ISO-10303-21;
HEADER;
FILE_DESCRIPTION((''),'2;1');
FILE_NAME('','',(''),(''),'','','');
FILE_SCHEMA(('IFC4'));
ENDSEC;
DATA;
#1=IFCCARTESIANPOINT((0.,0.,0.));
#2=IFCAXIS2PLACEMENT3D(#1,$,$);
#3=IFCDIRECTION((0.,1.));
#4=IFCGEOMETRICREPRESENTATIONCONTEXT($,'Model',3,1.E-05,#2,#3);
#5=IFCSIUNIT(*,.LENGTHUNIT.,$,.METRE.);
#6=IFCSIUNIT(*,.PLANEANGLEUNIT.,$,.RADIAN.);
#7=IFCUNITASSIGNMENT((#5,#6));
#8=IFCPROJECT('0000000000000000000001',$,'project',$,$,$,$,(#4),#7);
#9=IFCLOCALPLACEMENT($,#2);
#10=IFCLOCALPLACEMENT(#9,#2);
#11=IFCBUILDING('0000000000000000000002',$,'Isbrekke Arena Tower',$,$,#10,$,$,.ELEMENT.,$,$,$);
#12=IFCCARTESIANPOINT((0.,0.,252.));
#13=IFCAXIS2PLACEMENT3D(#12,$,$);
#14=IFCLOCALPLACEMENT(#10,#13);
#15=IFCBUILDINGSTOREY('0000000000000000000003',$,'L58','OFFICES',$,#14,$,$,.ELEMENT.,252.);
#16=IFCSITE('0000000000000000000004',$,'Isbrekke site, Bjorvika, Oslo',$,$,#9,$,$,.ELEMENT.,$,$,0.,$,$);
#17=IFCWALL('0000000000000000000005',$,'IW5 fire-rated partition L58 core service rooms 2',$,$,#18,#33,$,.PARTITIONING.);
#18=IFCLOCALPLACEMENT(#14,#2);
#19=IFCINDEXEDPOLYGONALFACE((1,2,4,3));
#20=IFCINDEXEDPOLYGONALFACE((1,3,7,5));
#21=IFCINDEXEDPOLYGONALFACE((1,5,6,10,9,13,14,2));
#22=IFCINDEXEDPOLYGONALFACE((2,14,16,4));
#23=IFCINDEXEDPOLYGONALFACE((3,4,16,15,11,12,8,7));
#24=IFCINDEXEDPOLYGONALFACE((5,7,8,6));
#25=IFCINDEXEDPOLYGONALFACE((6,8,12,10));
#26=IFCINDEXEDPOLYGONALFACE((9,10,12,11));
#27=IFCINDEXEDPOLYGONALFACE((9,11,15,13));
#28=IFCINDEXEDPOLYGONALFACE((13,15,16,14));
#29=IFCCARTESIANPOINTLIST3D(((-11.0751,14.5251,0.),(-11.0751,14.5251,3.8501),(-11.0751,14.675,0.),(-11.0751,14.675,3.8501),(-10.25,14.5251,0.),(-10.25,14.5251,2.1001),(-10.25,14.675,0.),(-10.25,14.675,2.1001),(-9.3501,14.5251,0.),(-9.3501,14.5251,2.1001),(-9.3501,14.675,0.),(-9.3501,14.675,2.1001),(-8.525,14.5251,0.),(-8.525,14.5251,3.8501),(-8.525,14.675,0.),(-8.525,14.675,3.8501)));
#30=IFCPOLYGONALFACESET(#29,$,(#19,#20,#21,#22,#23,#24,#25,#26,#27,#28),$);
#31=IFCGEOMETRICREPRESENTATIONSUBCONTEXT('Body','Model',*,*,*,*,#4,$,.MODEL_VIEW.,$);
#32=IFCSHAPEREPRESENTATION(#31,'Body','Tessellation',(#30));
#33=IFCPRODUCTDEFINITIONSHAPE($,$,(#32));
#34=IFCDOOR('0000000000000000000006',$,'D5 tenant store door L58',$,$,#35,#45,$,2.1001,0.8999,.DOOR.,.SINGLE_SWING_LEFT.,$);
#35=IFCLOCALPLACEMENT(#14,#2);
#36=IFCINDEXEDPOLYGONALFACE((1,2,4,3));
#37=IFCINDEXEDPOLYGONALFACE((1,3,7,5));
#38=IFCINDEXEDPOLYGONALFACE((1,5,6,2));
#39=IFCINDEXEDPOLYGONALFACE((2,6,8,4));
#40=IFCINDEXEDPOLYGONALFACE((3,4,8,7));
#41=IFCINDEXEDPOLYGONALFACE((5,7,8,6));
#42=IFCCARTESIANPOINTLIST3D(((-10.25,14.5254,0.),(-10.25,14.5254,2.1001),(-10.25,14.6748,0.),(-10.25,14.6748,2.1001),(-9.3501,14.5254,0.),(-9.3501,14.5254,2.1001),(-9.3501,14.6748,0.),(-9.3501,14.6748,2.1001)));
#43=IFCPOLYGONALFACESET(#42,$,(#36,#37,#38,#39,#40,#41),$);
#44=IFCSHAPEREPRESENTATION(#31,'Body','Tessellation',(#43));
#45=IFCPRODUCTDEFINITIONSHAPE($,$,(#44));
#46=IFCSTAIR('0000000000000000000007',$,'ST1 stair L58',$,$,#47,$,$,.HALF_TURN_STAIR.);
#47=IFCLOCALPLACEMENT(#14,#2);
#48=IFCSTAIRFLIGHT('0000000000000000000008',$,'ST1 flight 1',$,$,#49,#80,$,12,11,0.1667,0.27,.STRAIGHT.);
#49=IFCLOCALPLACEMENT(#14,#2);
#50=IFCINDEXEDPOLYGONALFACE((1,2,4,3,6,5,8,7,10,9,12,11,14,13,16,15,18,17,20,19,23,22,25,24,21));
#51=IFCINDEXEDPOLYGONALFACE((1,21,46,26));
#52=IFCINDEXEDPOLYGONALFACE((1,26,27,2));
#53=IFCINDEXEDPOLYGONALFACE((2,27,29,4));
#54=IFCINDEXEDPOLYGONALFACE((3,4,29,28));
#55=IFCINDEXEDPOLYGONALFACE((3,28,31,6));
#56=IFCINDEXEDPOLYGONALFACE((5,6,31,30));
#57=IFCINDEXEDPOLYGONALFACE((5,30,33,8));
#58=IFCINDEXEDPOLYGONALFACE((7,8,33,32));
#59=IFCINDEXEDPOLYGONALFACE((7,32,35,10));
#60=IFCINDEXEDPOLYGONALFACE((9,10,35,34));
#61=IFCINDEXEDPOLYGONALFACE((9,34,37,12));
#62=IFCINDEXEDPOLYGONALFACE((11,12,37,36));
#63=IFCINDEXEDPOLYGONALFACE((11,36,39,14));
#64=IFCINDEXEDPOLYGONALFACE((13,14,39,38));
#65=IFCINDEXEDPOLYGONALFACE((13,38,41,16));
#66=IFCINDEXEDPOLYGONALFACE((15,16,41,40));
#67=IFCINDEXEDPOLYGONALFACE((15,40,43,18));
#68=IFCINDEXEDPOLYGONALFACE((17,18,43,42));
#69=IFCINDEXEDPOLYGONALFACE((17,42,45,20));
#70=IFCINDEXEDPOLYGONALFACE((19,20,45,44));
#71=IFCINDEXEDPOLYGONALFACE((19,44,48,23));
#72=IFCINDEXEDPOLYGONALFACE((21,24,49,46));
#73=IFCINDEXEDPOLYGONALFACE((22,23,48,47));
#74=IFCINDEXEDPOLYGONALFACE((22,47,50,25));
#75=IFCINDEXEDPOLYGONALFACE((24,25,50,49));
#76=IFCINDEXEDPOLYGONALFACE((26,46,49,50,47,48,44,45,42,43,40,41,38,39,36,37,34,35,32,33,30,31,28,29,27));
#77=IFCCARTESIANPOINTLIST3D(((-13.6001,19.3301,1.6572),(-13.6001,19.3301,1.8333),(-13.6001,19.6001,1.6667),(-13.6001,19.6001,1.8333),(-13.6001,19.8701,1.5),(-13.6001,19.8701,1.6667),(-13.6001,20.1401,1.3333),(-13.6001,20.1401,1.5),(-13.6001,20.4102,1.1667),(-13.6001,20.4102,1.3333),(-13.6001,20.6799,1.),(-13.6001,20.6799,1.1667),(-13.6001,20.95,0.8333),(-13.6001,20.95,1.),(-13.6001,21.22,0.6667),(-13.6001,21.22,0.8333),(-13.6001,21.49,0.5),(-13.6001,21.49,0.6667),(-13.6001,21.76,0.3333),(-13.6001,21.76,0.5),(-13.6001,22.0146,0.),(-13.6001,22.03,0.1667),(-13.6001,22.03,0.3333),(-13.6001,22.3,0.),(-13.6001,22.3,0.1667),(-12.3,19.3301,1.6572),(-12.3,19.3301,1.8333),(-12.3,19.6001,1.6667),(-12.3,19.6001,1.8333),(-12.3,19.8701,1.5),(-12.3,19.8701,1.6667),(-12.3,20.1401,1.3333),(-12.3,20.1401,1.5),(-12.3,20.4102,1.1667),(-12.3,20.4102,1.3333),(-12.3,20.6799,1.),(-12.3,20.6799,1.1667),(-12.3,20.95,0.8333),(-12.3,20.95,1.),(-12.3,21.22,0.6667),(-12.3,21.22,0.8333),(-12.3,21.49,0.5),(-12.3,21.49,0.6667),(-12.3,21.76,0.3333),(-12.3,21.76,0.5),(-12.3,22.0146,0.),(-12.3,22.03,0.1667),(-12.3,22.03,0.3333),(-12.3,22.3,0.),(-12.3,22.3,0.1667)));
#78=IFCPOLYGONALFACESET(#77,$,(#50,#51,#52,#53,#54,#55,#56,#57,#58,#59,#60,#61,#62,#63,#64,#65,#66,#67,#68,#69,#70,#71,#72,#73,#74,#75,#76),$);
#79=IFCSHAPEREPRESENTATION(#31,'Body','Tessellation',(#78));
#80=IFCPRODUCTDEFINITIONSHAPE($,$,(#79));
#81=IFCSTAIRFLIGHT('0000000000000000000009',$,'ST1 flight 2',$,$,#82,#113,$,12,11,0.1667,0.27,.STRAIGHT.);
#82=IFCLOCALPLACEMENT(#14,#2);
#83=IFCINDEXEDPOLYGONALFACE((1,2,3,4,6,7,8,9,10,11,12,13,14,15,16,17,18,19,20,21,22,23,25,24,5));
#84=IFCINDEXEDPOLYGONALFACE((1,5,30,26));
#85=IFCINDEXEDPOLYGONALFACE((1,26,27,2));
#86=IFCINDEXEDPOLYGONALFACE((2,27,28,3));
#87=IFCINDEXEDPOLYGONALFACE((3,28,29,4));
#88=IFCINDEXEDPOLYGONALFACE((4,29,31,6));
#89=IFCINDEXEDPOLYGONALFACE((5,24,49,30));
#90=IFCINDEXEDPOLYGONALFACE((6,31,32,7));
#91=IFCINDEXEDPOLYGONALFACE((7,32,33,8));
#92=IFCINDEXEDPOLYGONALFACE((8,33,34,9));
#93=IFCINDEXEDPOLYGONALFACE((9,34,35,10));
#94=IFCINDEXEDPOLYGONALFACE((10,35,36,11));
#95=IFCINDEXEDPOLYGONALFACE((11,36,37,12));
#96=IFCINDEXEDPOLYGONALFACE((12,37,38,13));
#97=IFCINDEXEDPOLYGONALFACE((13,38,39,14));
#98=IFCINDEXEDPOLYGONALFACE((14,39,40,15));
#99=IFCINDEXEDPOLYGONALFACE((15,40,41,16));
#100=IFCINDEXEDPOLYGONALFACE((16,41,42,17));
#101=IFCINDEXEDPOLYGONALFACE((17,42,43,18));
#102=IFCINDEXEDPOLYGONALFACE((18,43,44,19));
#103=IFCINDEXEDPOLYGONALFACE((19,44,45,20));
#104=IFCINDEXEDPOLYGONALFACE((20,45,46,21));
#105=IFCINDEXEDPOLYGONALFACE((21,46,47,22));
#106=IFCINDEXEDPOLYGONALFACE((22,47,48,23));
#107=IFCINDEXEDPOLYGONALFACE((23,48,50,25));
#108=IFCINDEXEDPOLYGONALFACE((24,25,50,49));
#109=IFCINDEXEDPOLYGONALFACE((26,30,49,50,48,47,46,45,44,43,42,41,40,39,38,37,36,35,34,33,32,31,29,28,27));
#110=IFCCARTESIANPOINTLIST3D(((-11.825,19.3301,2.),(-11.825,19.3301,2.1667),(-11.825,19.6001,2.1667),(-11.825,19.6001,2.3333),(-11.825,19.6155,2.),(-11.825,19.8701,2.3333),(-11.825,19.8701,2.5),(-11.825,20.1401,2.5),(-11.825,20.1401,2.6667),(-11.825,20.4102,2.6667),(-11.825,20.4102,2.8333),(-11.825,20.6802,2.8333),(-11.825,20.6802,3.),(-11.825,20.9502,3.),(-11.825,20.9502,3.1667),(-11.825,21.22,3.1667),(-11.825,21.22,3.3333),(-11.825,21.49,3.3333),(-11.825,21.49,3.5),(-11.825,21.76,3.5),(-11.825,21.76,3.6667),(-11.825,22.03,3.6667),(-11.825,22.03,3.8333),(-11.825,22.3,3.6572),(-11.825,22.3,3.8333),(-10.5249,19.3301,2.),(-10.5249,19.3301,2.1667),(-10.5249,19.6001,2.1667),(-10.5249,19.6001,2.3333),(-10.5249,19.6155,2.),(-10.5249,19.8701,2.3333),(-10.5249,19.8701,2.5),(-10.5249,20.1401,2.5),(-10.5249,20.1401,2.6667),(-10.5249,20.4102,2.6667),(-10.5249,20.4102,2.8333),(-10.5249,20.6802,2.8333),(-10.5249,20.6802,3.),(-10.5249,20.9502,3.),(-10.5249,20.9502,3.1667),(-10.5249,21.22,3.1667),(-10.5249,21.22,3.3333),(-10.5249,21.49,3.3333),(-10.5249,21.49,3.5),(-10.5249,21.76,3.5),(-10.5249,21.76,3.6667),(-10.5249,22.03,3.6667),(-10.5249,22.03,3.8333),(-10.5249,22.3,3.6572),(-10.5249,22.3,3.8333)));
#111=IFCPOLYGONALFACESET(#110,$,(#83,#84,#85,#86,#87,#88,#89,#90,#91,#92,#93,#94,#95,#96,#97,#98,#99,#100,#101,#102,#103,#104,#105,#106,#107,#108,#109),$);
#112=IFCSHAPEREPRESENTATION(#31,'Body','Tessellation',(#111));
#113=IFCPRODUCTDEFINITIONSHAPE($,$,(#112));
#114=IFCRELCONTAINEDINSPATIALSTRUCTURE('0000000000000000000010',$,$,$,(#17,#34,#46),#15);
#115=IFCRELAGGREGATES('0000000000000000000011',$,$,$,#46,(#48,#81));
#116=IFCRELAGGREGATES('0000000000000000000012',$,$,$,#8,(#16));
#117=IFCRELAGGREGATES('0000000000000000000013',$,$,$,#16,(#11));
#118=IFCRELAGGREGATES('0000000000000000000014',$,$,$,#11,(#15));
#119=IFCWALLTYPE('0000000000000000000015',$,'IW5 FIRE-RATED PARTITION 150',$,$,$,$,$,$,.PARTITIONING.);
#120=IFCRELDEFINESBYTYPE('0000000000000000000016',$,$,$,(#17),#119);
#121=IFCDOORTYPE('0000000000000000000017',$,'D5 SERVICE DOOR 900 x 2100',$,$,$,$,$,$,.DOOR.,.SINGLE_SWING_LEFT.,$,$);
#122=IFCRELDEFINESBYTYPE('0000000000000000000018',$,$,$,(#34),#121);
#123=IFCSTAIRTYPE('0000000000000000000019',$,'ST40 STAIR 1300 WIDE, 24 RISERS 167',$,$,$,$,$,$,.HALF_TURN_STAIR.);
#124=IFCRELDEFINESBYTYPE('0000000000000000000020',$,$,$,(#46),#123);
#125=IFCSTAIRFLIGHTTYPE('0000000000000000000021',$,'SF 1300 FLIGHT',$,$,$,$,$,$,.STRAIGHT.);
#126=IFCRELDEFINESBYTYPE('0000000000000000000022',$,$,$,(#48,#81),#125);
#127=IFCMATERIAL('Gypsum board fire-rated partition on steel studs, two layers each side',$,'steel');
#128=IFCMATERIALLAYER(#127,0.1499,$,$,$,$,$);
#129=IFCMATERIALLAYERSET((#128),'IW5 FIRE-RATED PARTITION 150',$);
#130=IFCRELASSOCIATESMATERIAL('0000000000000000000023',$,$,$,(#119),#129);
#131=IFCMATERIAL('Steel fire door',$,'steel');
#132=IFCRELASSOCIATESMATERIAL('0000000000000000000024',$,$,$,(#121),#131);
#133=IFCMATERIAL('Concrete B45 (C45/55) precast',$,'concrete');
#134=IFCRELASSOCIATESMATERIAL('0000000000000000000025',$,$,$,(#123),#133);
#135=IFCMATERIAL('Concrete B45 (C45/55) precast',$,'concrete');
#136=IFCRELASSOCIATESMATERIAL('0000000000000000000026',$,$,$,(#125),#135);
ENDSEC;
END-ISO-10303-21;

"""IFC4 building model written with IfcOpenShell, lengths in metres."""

from ifc_helpers import new_model, si_unit, direction, frame, frame_2d, origin, place, context, subcontext, project, spatial, polyline, rectangle, outline, extrude, material, layer, layer_set, type_object, element, fill, aggregate, save


model = new_model("IFC4")

# Units and contexts
model_context = context("Model", 3, precision=1e-05, world=origin(), true_north=direction((0.0, 1.0)))
body_context = subcontext(model_context, "Body", "Model", "MODEL_VIEW")
ifc_project = project(units=[si_unit("LENGTHUNIT", "METRE"), si_unit("PLANEANGLEUNIT", "RADIAN")], contexts=[model_context])

# Site, building, storey
site_placement = place(None, origin())
site = spatial("IfcSite", under=ifc_project, at=site_placement, Name="Isbrekke site, Bjorvika, Oslo", CompositionType="ELEMENT", RefElevation=0.0)
building_placement = place(site_placement, origin())
building = spatial("IfcBuilding", under=site, at=building_placement, Name="Isbrekke Arena Tower", CompositionType="ELEMENT")
storey_placement = place(building_placement, frame((0.0, 0.0, 252.0)))
storey = spatial("IfcBuildingStorey", under=building, at=storey_placement, Name="L58", Description="OFFICES", CompositionType="ELEMENT", Elevation=252.0)

# Wall, opening, door
ifc_material_1 = material(Name="Gypsum board fire-rated partition on steel studs, two layers each side", Category="steel")
ifc_layer_1 = layer(ifc_material_1, 0.1499)
ifc_layer_set_1 = layer_set([ifc_layer_1], Name="IW5 FIRE-RATED PARTITION 150")
wall_type_1 = type_object("IfcWallType", Name="IW5 FIRE-RATED PARTITION 150", PredefinedType="PARTITIONING", material=ifc_layer_set_1)
ifc_material_2 = material(Name="Steel fire door", Category="steel")
door_type_1 = type_object("IfcDoorType", Name="D5 SERVICE DOOR 900 x 2100", OperationType="SINGLE_SWING_LEFT", PredefinedType="DOOR", material=ifc_material_2)
wall_1_placement = place(storey_placement, frame((-11.075, 14.6001, 0.0), z_axis=(0.0, 0.0, 1.0), x_axis=(1.0, 0.0, 0.0)))
wall_1 = element("IfcWall", 1, at=wall_1_placement, inside=storey, type_object=wall_type_1, Name="IW5 fire-rated partition L58 core service rooms 2", PredefinedType="PARTITIONING", context=body_context, shape_type="SweptSolid", body=[
    extrude(rectangle(XDim=2.55, YDim=0.1499, at=frame_2d((1.2749, 0.0))), origin(), (0.0, 0.0, 1.0), 3.8501),
])
opening_1_placement = place(wall_1_placement, frame((0.825, 0.0, 0.0)))
opening_1 = element("IfcOpeningElement", 2, at=opening_1_placement, cuts=wall_1, PredefinedType="OPENING", context=body_context, shape_type="SweptSolid", body=[
    extrude(rectangle(XDim=0.8999, YDim=2.1001, at=frame_2d((0.45, 1.05))), frame((0.0, 0.0898, 0.0), z_axis=(0.0, -1.0, 0.0), x_axis=(1.0, 0.0, 0.0)), (0.0, 0.0, 1.0), 0.1797),
])
door_1_placement = place(opening_1_placement, origin())
door_1 = element("IfcDoor", 3, at=door_1_placement, inside=storey, type_object=door_type_1, Name="D5 tenant store door L58", OperationType="SINGLE_SWING_LEFT", OverallHeight=2.1001, OverallWidth=0.8999, PredefinedType="DOOR", context=body_context, shape_type="SweptSolid", body=[
    extrude(rectangle(XDim=0.8999, YDim=2.1001, at=frame_2d((0.45, 1.05))), frame((0.0, 0.0747, 0.0), z_axis=(0.0, -1.0, 0.0), x_axis=(1.0, 0.0, 0.0)), (0.0, 0.0, 1.0), 0.1494),
])
fill(opening_1, door_1)

# Stair, stair flights
ifc_material_3 = material(Name="Concrete B45 (C45/55) precast", Category="concrete")
stair_type = type_object("IfcStairType", Name="ST40 STAIR 1300 WIDE, 24 RISERS 167", PredefinedType="HALF_TURN_STAIR", material=ifc_material_3)
stair_placement = place(storey_placement, origin())
stair = element("IfcStair", 4, at=stair_placement, inside=storey, type_object=stair_type, Name="ST1 stair L58", PredefinedType="HALF_TURN_STAIR")
ifc_material_4 = material(Name="Concrete B45 (C45/55) precast", Category="concrete")
stair_flight_type = type_object("IfcStairFlightType", Name="SF 1300 FLIGHT", PredefinedType="STRAIGHT", material=ifc_material_4)
stair_flight_1_placement = place(storey_placement, frame((-12.95, 22.3, 0.0), z_axis=(0.0, 0.0, 1.0), x_axis=(0.0, -1.0, 0.0)))
stair_flight_1 = element("IfcStairFlight", 5, at=stair_flight_1_placement, type_object=stair_flight_type, Name="ST1 flight 1", NumberOfRisers=12, NumberOfTreads=11, PredefinedType="STRAIGHT", RiserHeight=0.1667, TreadLength=0.27, context=body_context, shape_type="SweptSolid", body=[
    extrude(outline(polyline([(0.0, 0.0), (0.0, 0.1667), (0.27, 0.1667), (0.27, 0.3333), (0.54, 0.3333), (0.54, 0.5), (0.8101, 0.5), (0.8101, 0.6667), (1.0801, 0.6667), (1.0801, 0.8333), (1.3501, 0.8333), (1.3501, 1.0), (1.6201, 1.0), (1.6201, 1.1667), (1.8899, 1.1667), (1.8899, 1.3333), (2.1599, 1.3333), (2.1599, 1.5), (2.4299, 1.5), (2.4299, 1.6667), (2.7, 1.6667), (2.7, 1.8333), (2.97, 1.8333), (2.97, 2.0), (2.97, 1.6572), (0.2854, 0.0), (0.0, 0.0)])), frame((0.0, 0.6499, 0.0), z_axis=(0.0, -1.0, 0.0), x_axis=(1.0, 0.0, 0.0)), (0.0, 0.0, 1.0), 1.3),
])
stair_flight_2_placement = place(storey_placement, frame((-11.175, 19.3301, 2.0), z_axis=(0.0, 0.0, 1.0), x_axis=(0.0, 1.0, 0.0)))
stair_flight_2 = element("IfcStairFlight", 6, at=stair_flight_2_placement, type_object=stair_flight_type, Name="ST1 flight 2", NumberOfRisers=12, NumberOfTreads=11, PredefinedType="STRAIGHT", RiserHeight=0.1667, TreadLength=0.27, context=body_context, shape_type="SweptSolid", body=[
    extrude(outline(polyline([(0.0, 0.0), (0.0, 0.1667), (0.27, 0.1667), (0.27, 0.3333), (0.54, 0.3333), (0.54, 0.5), (0.8101, 0.5), (0.8101, 0.6667), (1.0801, 0.6667), (1.0801, 0.8333), (1.3501, 0.8333), (1.3501, 1.0), (1.6201, 1.0), (1.6201, 1.1667), (1.8899, 1.1667), (1.8899, 1.3333), (2.1599, 1.3333), (2.1599, 1.5), (2.4299, 1.5), (2.4299, 1.6667), (2.7, 1.6667), (2.7, 1.8333), (2.97, 1.8333), (2.97, 2.0), (2.97, 1.6572), (0.2854, 0.0), (0.0, 0.0)])), frame((0.0, 0.6499, 0.0), z_axis=(0.0, -1.0, 0.0), x_axis=(1.0, 0.0, 0.0)), (0.0, 0.0, 1.0), 1.3),
])
aggregate(stair, [stair_flight_1, stair_flight_2])

save(model, "model.ifc")
